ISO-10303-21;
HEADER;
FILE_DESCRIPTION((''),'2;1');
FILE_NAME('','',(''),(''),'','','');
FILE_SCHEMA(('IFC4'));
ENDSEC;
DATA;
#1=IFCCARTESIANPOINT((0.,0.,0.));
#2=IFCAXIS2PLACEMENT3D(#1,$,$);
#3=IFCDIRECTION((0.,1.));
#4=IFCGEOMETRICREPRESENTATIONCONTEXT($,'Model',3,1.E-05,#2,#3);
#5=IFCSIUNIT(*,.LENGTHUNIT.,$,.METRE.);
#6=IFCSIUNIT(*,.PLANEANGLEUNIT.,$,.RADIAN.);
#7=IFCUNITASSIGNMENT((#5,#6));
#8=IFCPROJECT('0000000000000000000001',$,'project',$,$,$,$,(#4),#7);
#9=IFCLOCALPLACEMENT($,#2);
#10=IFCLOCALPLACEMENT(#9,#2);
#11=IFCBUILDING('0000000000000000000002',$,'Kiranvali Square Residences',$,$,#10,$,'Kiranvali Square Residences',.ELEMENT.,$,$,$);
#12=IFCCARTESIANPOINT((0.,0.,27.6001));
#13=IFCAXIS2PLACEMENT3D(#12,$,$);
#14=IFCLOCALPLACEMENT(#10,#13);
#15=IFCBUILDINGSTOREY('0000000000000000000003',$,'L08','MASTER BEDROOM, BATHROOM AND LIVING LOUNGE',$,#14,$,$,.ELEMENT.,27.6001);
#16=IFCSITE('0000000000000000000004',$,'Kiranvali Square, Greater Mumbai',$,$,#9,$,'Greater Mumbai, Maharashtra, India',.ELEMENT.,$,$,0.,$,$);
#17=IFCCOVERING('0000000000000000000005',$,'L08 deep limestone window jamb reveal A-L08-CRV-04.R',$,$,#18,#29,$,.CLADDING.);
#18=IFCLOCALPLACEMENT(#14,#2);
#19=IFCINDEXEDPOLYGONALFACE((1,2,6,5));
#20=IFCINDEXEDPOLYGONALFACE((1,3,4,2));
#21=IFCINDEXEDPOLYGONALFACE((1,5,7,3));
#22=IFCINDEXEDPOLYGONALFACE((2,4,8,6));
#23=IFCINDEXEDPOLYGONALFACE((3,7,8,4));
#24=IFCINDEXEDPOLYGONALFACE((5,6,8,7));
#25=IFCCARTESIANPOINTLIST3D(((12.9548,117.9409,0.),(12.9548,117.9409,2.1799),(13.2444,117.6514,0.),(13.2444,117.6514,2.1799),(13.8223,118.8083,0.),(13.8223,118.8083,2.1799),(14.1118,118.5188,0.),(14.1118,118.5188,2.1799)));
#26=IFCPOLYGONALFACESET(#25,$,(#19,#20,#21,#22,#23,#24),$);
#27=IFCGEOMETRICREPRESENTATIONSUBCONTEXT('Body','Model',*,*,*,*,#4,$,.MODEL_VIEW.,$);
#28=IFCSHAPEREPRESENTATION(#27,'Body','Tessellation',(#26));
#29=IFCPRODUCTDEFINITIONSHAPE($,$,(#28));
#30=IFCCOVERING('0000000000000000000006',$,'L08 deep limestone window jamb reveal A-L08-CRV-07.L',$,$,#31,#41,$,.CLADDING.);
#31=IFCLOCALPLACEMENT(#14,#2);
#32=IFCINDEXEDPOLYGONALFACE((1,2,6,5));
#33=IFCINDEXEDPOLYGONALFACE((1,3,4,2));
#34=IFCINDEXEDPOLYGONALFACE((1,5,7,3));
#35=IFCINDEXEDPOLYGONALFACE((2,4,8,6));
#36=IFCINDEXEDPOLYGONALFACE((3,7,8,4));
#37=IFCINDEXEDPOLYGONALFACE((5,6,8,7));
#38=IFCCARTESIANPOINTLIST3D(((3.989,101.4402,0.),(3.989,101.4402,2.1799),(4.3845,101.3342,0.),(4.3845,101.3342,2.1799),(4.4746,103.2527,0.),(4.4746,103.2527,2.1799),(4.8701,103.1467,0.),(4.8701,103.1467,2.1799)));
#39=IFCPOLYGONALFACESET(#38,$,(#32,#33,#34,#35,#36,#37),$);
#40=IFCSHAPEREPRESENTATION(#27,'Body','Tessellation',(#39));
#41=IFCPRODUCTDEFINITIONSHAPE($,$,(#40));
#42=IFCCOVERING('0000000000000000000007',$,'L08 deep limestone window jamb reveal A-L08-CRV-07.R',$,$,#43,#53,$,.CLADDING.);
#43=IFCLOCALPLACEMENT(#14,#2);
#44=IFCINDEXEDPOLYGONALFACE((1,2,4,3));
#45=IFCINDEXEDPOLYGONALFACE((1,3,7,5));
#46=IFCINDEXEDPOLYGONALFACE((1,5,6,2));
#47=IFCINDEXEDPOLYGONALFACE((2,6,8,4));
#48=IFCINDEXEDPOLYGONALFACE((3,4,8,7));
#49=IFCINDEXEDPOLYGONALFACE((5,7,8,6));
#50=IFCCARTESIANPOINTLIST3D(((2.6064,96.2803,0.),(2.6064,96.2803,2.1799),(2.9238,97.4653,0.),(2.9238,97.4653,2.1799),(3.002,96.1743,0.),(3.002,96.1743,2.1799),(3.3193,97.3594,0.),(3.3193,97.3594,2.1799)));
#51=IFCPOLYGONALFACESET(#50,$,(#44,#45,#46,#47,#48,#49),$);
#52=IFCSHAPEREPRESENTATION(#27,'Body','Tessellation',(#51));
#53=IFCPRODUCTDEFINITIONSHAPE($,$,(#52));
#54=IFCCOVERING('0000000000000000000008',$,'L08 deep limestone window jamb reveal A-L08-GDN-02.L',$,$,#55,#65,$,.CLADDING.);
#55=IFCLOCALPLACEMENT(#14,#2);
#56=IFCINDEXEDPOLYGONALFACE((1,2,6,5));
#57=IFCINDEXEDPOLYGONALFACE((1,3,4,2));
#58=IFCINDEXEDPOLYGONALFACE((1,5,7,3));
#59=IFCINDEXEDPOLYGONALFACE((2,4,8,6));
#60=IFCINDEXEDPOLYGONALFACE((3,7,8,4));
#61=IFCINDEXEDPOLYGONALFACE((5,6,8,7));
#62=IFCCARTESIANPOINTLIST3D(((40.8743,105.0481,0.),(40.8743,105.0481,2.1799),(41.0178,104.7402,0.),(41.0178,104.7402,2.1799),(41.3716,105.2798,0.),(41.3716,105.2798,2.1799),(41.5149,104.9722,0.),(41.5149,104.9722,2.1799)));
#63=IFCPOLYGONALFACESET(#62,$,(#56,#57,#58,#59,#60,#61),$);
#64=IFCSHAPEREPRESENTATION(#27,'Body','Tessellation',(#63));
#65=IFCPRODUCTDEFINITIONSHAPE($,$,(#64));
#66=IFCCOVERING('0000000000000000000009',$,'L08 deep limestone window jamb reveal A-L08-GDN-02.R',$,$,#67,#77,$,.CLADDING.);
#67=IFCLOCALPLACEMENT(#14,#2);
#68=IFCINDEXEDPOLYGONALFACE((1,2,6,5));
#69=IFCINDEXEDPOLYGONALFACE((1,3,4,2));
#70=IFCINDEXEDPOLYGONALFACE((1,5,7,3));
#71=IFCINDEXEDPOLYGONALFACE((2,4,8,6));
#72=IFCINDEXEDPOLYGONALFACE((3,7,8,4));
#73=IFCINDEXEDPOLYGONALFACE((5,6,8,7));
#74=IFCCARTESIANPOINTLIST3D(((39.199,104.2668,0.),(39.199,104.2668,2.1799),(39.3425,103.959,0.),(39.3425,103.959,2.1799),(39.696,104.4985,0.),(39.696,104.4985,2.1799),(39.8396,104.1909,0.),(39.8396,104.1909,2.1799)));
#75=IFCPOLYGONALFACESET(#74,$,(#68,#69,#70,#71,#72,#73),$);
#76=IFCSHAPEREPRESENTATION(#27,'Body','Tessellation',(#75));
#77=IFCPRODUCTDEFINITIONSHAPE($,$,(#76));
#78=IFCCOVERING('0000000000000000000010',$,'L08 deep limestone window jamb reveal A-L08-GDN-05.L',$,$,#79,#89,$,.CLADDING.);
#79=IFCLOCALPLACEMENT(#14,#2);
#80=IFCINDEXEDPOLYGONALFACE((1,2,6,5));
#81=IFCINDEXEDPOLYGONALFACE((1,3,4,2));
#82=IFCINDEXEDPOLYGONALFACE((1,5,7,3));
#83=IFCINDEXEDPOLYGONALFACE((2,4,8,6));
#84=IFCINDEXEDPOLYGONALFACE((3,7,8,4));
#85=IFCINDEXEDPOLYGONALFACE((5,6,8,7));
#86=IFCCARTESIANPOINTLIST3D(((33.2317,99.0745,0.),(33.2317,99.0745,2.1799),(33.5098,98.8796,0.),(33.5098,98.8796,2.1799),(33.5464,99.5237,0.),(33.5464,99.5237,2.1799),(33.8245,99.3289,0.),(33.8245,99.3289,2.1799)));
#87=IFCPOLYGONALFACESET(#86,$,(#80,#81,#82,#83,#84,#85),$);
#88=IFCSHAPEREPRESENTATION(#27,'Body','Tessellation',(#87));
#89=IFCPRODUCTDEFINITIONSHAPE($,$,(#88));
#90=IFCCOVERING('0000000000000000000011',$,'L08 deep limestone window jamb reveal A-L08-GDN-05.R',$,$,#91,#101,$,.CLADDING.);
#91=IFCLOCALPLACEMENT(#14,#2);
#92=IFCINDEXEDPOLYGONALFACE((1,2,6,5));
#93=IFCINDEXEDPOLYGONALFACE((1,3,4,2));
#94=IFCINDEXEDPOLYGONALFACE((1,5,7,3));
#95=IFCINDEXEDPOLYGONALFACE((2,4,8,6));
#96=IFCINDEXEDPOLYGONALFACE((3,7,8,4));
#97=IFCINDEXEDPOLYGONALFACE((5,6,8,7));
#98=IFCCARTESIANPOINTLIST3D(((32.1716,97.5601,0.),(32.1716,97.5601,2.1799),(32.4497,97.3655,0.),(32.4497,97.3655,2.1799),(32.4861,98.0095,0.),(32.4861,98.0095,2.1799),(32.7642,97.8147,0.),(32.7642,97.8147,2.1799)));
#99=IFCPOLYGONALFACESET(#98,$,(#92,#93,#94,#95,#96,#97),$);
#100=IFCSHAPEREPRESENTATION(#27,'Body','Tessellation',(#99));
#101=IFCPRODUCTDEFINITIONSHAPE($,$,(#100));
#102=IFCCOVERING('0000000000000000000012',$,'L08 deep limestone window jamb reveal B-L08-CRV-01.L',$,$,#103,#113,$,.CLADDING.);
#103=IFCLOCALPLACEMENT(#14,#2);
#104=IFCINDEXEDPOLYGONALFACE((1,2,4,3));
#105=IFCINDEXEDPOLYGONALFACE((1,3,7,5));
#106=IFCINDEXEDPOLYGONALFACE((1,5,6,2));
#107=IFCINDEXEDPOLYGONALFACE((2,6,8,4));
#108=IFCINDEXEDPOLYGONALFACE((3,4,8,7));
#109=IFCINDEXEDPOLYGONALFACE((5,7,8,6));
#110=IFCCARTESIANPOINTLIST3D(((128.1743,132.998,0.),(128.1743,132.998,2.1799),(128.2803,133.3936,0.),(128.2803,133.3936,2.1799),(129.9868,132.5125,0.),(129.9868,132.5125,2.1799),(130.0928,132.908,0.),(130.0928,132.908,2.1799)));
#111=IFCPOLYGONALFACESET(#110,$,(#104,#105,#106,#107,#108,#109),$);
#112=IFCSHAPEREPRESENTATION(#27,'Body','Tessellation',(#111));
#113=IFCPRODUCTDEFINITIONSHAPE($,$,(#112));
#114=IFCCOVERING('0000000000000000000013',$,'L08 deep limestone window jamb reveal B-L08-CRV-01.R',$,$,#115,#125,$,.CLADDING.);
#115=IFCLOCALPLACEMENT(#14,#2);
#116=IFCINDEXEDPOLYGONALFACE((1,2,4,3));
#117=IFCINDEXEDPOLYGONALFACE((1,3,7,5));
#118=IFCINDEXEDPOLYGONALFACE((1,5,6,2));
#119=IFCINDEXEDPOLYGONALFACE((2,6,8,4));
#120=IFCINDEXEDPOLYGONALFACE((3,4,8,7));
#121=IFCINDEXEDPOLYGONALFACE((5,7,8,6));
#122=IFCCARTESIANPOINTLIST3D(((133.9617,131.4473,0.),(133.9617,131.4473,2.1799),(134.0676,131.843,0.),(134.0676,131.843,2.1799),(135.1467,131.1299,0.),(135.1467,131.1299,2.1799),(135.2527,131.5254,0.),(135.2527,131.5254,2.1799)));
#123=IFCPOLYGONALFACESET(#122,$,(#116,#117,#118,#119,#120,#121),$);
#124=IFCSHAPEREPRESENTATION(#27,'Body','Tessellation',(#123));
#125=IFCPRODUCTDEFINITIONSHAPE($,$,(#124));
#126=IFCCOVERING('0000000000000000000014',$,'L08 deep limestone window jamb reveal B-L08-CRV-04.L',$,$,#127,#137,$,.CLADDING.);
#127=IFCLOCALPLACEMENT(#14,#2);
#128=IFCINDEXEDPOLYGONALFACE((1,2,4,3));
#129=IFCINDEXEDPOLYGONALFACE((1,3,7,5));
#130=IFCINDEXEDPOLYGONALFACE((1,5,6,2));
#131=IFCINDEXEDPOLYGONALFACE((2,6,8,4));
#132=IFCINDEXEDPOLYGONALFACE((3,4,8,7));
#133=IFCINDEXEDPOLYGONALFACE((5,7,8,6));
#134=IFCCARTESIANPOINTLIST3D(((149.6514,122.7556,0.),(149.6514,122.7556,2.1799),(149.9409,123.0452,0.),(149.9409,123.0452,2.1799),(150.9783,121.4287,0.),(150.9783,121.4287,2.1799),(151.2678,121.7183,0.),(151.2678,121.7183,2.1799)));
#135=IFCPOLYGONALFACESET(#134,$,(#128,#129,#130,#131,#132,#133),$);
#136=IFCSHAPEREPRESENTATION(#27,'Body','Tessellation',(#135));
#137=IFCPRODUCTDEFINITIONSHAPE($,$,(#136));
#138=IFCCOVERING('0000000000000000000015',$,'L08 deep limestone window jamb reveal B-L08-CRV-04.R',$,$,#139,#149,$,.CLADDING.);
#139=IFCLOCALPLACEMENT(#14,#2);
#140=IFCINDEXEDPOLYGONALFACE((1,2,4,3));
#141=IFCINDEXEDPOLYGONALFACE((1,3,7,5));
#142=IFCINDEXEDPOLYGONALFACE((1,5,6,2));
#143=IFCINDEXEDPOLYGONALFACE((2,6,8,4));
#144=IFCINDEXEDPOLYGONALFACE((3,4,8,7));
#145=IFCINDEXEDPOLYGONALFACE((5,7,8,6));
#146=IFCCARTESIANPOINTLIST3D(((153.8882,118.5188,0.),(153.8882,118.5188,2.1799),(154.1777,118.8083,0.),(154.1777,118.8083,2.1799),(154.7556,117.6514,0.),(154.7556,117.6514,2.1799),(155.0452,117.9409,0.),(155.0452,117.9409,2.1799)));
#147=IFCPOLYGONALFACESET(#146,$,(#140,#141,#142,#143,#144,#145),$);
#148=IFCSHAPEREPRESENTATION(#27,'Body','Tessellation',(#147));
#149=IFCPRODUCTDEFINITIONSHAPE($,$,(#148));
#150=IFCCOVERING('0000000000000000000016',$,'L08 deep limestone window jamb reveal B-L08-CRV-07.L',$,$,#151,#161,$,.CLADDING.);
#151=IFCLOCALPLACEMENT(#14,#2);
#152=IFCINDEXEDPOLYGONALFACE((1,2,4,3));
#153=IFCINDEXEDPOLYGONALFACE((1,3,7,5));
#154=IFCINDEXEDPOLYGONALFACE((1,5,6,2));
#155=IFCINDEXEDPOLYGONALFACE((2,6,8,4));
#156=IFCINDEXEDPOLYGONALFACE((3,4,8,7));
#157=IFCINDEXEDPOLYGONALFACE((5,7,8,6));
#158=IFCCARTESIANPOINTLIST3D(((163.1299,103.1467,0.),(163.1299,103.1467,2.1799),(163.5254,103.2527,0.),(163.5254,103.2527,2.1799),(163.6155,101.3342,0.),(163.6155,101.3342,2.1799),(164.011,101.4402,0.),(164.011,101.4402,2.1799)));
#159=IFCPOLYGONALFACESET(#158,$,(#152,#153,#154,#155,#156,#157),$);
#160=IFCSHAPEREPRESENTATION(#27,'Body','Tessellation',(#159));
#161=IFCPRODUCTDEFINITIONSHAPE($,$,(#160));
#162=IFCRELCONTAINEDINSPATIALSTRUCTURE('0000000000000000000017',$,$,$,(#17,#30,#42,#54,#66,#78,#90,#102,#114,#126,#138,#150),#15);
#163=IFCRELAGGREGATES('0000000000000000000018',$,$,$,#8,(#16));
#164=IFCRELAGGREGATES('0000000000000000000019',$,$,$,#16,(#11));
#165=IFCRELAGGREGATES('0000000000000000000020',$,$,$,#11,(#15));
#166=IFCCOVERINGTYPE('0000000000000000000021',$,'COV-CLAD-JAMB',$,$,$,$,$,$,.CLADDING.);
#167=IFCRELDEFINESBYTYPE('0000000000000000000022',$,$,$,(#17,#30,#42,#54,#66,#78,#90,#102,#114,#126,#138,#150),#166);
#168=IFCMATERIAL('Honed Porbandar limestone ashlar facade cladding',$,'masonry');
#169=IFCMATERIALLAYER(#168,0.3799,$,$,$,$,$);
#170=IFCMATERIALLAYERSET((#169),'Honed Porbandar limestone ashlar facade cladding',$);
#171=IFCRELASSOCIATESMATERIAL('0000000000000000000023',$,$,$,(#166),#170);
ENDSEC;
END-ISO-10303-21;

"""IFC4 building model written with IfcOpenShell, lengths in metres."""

from ifc_helpers import new_model, si_unit, direction, frame, origin, place, context, subcontext, project, spatial, polyline, outline, extrude, material, layer, layer_set, type_object, element, save


model = new_model("IFC4")

# Units and contexts
model_context = context("Model", 3, precision=1e-05, world=origin(), true_north=direction((0.0, 1.0)))
body_context = subcontext(model_context, "Body", "Model", "MODEL_VIEW")
ifc_project = project(units=[si_unit("LENGTHUNIT", "METRE"), si_unit("PLANEANGLEUNIT", "RADIAN")], contexts=[model_context])

# Site, building, storey
site_placement = place(None, origin())
site = spatial("IfcSite", under=ifc_project, at=site_placement, Name="Kiranvali Square, Greater Mumbai", LongName="Greater Mumbai, Maharashtra, India", CompositionType="ELEMENT", RefElevation=0.0)
building_placement = place(site_placement, origin())
building = spatial("IfcBuilding", under=site, at=building_placement, Name="Kiranvali Square Residences", LongName="Kiranvali Square Residences", CompositionType="ELEMENT")
storey_placement = place(building_placement, frame((0.0, 0.0, 27.6001)))
storey = spatial("IfcBuildingStorey", under=building, at=storey_placement, Name="L08", Description="MASTER BEDROOM, BATHROOM AND LIVING LOUNGE", CompositionType="ELEMENT", Elevation=27.6001)

# Coverings
ifc_material_1 = material(Name="Honed Porbandar limestone ashlar facade cladding", Category="masonry")
ifc_layer_1 = layer(ifc_material_1, 0.3799)
ifc_layer_set_1 = layer_set([ifc_layer_1], Name="Honed Porbandar limestone ashlar facade cladding")
covering_type_1 = type_object("IfcCoveringType", Name="COV-CLAD-JAMB", PredefinedType="CLADDING", material=ifc_layer_set_1)
covering_1_placement = place(storey_placement, origin())
element("IfcCovering", 1, at=covering_1_placement, inside=storey, type_object=covering_type_1, Name="L08 deep limestone window jamb reveal A-L08-CRV-04.R", PredefinedType="CLADDING", context=body_context, shape_type="SweptSolid", body=[
    extrude(outline(polyline([(13.8223, 118.8083), (12.9548, 117.9409), (13.2444, 117.6514), (14.1118, 118.5188), (13.8223, 118.8083)])), origin(), (0.0, 0.0, 1.0), 2.1799),
])
covering_2_placement = place(storey_placement, origin())
element("IfcCovering", 2, at=covering_2_placement, inside=storey, type_object=covering_type_1, Name="L08 deep limestone window jamb reveal A-L08-CRV-07.L", PredefinedType="CLADDING", context=body_context, shape_type="SweptSolid", body=[
    extrude(outline(polyline([(4.4746, 103.2527), (3.989, 101.4402), (4.3845, 101.3342), (4.8701, 103.1467), (4.4746, 103.2527)])), origin(), (0.0, 0.0, 1.0), 2.1799),
])
covering_3_placement = place(storey_placement, origin())
element("IfcCovering", 3, at=covering_3_placement, inside=storey, type_object=covering_type_1, Name="L08 deep limestone window jamb reveal A-L08-CRV-07.R", PredefinedType="CLADDING", context=body_context, shape_type="SweptSolid", body=[
    extrude(outline(polyline([(2.9238, 97.4653), (2.6064, 96.2803), (3.002, 96.1743), (3.3193, 97.3594), (2.9238, 97.4653)])), origin(), (0.0, 0.0, 1.0), 2.1799),
])
covering_4_placement = place(storey_placement, origin())
element("IfcCovering", 4, at=covering_4_placement, inside=storey, type_object=covering_type_1, Name="L08 deep limestone window jamb reveal A-L08-GDN-02.L", PredefinedType="CLADDING", context=body_context, shape_type="SweptSolid", body=[
    extrude(outline(polyline([(41.3716, 105.2798), (40.8743, 105.0481), (41.0178, 104.7402), (41.5149, 104.9722), (41.3716, 105.2798)])), origin(), (0.0, 0.0, 1.0), 2.1799),
])
covering_5_placement = place(storey_placement, origin())
element("IfcCovering", 5, at=covering_5_placement, inside=storey, type_object=covering_type_1, Name="L08 deep limestone window jamb reveal A-L08-GDN-02.R", PredefinedType="CLADDING", context=body_context, shape_type="SweptSolid", body=[
    extrude(outline(polyline([(39.696, 104.4985), (39.199, 104.2668), (39.3425, 103.959), (39.8396, 104.1909), (39.696, 104.4985)])), origin(), (0.0, 0.0, 1.0), 2.1799),
])
covering_6_placement = place(storey_placement, origin())
element("IfcCovering", 6, at=covering_6_placement, inside=storey, type_object=covering_type_1, Name="L08 deep limestone window jamb reveal A-L08-GDN-05.L", PredefinedType="CLADDING", context=body_context, shape_type="SweptSolid", body=[
    extrude(outline(polyline([(33.5464, 99.5237), (33.2317, 99.0745), (33.5098, 98.8796), (33.8245, 99.3289), (33.5464, 99.5237)])), origin(), (0.0, 0.0, 1.0), 2.1799),
])
covering_7_placement = place(storey_placement, origin())
element("IfcCovering", 7, at=covering_7_placement, inside=storey, type_object=covering_type_1, Name="L08 deep limestone window jamb reveal A-L08-GDN-05.R", PredefinedType="CLADDING", context=body_context, shape_type="SweptSolid", body=[
    extrude(outline(polyline([(32.4861, 98.0095), (32.1716, 97.5601), (32.4497, 97.3655), (32.7642, 97.8147), (32.4861, 98.0095)])), origin(), (0.0, 0.0, 1.0), 2.1799),
])
covering_8_placement = place(storey_placement, origin())
element("IfcCovering", 8, at=covering_8_placement, inside=storey, type_object=covering_type_1, Name="L08 deep limestone window jamb reveal B-L08-CRV-01.L", PredefinedType="CLADDING", context=body_context, shape_type="SweptSolid", body=[
    extrude(outline(polyline([(128.1743, 132.998), (129.9868, 132.5125), (130.0928, 132.908), (128.2803, 133.3936), (128.1743, 132.998)])), origin(), (0.0, 0.0, 1.0), 2.1799),
])
covering_9_placement = place(storey_placement, origin())
element("IfcCovering", 9, at=covering_9_placement, inside=storey, type_object=covering_type_1, Name="L08 deep limestone window jamb reveal B-L08-CRV-01.R", PredefinedType="CLADDING", context=body_context, shape_type="SweptSolid", body=[
    extrude(outline(polyline([(133.9617, 131.4473), (135.1467, 131.1299), (135.2527, 131.5254), (134.0676, 131.843), (133.9617, 131.4473)])), origin(), (0.0, 0.0, 1.0), 2.1799),
])
covering_10_placement = place(storey_placement, origin())
element("IfcCovering", 10, at=covering_10_placement, inside=storey, type_object=covering_type_1, Name="L08 deep limestone window jamb reveal B-L08-CRV-04.L", PredefinedType="CLADDING", context=body_context, shape_type="SweptSolid", body=[
    extrude(outline(polyline([(149.6514, 122.7556), (150.9783, 121.4287), (151.2678, 121.7183), (149.9409, 123.0452), (149.6514, 122.7556)])), origin(), (0.0, 0.0, 1.0), 2.1799),
])
covering_11_placement = place(storey_placement, origin())
element("IfcCovering", 11, at=covering_11_placement, inside=storey, type_object=covering_type_1, Name="L08 deep limestone window jamb reveal B-L08-CRV-04.R", PredefinedType="CLADDING", context=body_context, shape_type="SweptSolid", body=[
    extrude(outline(polyline([(153.8882, 118.5188), (154.7556, 117.6514), (155.0452, 117.9409), (154.1777, 118.8083), (153.8882, 118.5188)])), origin(), (0.0, 0.0, 1.0), 2.1799),
])
covering_12_placement = place(storey_placement, origin())
element("IfcCovering", 12, at=covering_12_placement, inside=storey, type_object=covering_type_1, Name="L08 deep limestone window jamb reveal B-L08-CRV-07.L", PredefinedType="CLADDING", context=body_context, shape_type="SweptSolid", body=[
    extrude(outline(polyline([(163.1299, 103.1467), (163.6155, 101.3342), (164.011, 101.4402), (163.5254, 103.2527), (163.1299, 103.1467)])), origin(), (0.0, 0.0, 1.0), 2.1799),
])

save(model, "model.ifc")
